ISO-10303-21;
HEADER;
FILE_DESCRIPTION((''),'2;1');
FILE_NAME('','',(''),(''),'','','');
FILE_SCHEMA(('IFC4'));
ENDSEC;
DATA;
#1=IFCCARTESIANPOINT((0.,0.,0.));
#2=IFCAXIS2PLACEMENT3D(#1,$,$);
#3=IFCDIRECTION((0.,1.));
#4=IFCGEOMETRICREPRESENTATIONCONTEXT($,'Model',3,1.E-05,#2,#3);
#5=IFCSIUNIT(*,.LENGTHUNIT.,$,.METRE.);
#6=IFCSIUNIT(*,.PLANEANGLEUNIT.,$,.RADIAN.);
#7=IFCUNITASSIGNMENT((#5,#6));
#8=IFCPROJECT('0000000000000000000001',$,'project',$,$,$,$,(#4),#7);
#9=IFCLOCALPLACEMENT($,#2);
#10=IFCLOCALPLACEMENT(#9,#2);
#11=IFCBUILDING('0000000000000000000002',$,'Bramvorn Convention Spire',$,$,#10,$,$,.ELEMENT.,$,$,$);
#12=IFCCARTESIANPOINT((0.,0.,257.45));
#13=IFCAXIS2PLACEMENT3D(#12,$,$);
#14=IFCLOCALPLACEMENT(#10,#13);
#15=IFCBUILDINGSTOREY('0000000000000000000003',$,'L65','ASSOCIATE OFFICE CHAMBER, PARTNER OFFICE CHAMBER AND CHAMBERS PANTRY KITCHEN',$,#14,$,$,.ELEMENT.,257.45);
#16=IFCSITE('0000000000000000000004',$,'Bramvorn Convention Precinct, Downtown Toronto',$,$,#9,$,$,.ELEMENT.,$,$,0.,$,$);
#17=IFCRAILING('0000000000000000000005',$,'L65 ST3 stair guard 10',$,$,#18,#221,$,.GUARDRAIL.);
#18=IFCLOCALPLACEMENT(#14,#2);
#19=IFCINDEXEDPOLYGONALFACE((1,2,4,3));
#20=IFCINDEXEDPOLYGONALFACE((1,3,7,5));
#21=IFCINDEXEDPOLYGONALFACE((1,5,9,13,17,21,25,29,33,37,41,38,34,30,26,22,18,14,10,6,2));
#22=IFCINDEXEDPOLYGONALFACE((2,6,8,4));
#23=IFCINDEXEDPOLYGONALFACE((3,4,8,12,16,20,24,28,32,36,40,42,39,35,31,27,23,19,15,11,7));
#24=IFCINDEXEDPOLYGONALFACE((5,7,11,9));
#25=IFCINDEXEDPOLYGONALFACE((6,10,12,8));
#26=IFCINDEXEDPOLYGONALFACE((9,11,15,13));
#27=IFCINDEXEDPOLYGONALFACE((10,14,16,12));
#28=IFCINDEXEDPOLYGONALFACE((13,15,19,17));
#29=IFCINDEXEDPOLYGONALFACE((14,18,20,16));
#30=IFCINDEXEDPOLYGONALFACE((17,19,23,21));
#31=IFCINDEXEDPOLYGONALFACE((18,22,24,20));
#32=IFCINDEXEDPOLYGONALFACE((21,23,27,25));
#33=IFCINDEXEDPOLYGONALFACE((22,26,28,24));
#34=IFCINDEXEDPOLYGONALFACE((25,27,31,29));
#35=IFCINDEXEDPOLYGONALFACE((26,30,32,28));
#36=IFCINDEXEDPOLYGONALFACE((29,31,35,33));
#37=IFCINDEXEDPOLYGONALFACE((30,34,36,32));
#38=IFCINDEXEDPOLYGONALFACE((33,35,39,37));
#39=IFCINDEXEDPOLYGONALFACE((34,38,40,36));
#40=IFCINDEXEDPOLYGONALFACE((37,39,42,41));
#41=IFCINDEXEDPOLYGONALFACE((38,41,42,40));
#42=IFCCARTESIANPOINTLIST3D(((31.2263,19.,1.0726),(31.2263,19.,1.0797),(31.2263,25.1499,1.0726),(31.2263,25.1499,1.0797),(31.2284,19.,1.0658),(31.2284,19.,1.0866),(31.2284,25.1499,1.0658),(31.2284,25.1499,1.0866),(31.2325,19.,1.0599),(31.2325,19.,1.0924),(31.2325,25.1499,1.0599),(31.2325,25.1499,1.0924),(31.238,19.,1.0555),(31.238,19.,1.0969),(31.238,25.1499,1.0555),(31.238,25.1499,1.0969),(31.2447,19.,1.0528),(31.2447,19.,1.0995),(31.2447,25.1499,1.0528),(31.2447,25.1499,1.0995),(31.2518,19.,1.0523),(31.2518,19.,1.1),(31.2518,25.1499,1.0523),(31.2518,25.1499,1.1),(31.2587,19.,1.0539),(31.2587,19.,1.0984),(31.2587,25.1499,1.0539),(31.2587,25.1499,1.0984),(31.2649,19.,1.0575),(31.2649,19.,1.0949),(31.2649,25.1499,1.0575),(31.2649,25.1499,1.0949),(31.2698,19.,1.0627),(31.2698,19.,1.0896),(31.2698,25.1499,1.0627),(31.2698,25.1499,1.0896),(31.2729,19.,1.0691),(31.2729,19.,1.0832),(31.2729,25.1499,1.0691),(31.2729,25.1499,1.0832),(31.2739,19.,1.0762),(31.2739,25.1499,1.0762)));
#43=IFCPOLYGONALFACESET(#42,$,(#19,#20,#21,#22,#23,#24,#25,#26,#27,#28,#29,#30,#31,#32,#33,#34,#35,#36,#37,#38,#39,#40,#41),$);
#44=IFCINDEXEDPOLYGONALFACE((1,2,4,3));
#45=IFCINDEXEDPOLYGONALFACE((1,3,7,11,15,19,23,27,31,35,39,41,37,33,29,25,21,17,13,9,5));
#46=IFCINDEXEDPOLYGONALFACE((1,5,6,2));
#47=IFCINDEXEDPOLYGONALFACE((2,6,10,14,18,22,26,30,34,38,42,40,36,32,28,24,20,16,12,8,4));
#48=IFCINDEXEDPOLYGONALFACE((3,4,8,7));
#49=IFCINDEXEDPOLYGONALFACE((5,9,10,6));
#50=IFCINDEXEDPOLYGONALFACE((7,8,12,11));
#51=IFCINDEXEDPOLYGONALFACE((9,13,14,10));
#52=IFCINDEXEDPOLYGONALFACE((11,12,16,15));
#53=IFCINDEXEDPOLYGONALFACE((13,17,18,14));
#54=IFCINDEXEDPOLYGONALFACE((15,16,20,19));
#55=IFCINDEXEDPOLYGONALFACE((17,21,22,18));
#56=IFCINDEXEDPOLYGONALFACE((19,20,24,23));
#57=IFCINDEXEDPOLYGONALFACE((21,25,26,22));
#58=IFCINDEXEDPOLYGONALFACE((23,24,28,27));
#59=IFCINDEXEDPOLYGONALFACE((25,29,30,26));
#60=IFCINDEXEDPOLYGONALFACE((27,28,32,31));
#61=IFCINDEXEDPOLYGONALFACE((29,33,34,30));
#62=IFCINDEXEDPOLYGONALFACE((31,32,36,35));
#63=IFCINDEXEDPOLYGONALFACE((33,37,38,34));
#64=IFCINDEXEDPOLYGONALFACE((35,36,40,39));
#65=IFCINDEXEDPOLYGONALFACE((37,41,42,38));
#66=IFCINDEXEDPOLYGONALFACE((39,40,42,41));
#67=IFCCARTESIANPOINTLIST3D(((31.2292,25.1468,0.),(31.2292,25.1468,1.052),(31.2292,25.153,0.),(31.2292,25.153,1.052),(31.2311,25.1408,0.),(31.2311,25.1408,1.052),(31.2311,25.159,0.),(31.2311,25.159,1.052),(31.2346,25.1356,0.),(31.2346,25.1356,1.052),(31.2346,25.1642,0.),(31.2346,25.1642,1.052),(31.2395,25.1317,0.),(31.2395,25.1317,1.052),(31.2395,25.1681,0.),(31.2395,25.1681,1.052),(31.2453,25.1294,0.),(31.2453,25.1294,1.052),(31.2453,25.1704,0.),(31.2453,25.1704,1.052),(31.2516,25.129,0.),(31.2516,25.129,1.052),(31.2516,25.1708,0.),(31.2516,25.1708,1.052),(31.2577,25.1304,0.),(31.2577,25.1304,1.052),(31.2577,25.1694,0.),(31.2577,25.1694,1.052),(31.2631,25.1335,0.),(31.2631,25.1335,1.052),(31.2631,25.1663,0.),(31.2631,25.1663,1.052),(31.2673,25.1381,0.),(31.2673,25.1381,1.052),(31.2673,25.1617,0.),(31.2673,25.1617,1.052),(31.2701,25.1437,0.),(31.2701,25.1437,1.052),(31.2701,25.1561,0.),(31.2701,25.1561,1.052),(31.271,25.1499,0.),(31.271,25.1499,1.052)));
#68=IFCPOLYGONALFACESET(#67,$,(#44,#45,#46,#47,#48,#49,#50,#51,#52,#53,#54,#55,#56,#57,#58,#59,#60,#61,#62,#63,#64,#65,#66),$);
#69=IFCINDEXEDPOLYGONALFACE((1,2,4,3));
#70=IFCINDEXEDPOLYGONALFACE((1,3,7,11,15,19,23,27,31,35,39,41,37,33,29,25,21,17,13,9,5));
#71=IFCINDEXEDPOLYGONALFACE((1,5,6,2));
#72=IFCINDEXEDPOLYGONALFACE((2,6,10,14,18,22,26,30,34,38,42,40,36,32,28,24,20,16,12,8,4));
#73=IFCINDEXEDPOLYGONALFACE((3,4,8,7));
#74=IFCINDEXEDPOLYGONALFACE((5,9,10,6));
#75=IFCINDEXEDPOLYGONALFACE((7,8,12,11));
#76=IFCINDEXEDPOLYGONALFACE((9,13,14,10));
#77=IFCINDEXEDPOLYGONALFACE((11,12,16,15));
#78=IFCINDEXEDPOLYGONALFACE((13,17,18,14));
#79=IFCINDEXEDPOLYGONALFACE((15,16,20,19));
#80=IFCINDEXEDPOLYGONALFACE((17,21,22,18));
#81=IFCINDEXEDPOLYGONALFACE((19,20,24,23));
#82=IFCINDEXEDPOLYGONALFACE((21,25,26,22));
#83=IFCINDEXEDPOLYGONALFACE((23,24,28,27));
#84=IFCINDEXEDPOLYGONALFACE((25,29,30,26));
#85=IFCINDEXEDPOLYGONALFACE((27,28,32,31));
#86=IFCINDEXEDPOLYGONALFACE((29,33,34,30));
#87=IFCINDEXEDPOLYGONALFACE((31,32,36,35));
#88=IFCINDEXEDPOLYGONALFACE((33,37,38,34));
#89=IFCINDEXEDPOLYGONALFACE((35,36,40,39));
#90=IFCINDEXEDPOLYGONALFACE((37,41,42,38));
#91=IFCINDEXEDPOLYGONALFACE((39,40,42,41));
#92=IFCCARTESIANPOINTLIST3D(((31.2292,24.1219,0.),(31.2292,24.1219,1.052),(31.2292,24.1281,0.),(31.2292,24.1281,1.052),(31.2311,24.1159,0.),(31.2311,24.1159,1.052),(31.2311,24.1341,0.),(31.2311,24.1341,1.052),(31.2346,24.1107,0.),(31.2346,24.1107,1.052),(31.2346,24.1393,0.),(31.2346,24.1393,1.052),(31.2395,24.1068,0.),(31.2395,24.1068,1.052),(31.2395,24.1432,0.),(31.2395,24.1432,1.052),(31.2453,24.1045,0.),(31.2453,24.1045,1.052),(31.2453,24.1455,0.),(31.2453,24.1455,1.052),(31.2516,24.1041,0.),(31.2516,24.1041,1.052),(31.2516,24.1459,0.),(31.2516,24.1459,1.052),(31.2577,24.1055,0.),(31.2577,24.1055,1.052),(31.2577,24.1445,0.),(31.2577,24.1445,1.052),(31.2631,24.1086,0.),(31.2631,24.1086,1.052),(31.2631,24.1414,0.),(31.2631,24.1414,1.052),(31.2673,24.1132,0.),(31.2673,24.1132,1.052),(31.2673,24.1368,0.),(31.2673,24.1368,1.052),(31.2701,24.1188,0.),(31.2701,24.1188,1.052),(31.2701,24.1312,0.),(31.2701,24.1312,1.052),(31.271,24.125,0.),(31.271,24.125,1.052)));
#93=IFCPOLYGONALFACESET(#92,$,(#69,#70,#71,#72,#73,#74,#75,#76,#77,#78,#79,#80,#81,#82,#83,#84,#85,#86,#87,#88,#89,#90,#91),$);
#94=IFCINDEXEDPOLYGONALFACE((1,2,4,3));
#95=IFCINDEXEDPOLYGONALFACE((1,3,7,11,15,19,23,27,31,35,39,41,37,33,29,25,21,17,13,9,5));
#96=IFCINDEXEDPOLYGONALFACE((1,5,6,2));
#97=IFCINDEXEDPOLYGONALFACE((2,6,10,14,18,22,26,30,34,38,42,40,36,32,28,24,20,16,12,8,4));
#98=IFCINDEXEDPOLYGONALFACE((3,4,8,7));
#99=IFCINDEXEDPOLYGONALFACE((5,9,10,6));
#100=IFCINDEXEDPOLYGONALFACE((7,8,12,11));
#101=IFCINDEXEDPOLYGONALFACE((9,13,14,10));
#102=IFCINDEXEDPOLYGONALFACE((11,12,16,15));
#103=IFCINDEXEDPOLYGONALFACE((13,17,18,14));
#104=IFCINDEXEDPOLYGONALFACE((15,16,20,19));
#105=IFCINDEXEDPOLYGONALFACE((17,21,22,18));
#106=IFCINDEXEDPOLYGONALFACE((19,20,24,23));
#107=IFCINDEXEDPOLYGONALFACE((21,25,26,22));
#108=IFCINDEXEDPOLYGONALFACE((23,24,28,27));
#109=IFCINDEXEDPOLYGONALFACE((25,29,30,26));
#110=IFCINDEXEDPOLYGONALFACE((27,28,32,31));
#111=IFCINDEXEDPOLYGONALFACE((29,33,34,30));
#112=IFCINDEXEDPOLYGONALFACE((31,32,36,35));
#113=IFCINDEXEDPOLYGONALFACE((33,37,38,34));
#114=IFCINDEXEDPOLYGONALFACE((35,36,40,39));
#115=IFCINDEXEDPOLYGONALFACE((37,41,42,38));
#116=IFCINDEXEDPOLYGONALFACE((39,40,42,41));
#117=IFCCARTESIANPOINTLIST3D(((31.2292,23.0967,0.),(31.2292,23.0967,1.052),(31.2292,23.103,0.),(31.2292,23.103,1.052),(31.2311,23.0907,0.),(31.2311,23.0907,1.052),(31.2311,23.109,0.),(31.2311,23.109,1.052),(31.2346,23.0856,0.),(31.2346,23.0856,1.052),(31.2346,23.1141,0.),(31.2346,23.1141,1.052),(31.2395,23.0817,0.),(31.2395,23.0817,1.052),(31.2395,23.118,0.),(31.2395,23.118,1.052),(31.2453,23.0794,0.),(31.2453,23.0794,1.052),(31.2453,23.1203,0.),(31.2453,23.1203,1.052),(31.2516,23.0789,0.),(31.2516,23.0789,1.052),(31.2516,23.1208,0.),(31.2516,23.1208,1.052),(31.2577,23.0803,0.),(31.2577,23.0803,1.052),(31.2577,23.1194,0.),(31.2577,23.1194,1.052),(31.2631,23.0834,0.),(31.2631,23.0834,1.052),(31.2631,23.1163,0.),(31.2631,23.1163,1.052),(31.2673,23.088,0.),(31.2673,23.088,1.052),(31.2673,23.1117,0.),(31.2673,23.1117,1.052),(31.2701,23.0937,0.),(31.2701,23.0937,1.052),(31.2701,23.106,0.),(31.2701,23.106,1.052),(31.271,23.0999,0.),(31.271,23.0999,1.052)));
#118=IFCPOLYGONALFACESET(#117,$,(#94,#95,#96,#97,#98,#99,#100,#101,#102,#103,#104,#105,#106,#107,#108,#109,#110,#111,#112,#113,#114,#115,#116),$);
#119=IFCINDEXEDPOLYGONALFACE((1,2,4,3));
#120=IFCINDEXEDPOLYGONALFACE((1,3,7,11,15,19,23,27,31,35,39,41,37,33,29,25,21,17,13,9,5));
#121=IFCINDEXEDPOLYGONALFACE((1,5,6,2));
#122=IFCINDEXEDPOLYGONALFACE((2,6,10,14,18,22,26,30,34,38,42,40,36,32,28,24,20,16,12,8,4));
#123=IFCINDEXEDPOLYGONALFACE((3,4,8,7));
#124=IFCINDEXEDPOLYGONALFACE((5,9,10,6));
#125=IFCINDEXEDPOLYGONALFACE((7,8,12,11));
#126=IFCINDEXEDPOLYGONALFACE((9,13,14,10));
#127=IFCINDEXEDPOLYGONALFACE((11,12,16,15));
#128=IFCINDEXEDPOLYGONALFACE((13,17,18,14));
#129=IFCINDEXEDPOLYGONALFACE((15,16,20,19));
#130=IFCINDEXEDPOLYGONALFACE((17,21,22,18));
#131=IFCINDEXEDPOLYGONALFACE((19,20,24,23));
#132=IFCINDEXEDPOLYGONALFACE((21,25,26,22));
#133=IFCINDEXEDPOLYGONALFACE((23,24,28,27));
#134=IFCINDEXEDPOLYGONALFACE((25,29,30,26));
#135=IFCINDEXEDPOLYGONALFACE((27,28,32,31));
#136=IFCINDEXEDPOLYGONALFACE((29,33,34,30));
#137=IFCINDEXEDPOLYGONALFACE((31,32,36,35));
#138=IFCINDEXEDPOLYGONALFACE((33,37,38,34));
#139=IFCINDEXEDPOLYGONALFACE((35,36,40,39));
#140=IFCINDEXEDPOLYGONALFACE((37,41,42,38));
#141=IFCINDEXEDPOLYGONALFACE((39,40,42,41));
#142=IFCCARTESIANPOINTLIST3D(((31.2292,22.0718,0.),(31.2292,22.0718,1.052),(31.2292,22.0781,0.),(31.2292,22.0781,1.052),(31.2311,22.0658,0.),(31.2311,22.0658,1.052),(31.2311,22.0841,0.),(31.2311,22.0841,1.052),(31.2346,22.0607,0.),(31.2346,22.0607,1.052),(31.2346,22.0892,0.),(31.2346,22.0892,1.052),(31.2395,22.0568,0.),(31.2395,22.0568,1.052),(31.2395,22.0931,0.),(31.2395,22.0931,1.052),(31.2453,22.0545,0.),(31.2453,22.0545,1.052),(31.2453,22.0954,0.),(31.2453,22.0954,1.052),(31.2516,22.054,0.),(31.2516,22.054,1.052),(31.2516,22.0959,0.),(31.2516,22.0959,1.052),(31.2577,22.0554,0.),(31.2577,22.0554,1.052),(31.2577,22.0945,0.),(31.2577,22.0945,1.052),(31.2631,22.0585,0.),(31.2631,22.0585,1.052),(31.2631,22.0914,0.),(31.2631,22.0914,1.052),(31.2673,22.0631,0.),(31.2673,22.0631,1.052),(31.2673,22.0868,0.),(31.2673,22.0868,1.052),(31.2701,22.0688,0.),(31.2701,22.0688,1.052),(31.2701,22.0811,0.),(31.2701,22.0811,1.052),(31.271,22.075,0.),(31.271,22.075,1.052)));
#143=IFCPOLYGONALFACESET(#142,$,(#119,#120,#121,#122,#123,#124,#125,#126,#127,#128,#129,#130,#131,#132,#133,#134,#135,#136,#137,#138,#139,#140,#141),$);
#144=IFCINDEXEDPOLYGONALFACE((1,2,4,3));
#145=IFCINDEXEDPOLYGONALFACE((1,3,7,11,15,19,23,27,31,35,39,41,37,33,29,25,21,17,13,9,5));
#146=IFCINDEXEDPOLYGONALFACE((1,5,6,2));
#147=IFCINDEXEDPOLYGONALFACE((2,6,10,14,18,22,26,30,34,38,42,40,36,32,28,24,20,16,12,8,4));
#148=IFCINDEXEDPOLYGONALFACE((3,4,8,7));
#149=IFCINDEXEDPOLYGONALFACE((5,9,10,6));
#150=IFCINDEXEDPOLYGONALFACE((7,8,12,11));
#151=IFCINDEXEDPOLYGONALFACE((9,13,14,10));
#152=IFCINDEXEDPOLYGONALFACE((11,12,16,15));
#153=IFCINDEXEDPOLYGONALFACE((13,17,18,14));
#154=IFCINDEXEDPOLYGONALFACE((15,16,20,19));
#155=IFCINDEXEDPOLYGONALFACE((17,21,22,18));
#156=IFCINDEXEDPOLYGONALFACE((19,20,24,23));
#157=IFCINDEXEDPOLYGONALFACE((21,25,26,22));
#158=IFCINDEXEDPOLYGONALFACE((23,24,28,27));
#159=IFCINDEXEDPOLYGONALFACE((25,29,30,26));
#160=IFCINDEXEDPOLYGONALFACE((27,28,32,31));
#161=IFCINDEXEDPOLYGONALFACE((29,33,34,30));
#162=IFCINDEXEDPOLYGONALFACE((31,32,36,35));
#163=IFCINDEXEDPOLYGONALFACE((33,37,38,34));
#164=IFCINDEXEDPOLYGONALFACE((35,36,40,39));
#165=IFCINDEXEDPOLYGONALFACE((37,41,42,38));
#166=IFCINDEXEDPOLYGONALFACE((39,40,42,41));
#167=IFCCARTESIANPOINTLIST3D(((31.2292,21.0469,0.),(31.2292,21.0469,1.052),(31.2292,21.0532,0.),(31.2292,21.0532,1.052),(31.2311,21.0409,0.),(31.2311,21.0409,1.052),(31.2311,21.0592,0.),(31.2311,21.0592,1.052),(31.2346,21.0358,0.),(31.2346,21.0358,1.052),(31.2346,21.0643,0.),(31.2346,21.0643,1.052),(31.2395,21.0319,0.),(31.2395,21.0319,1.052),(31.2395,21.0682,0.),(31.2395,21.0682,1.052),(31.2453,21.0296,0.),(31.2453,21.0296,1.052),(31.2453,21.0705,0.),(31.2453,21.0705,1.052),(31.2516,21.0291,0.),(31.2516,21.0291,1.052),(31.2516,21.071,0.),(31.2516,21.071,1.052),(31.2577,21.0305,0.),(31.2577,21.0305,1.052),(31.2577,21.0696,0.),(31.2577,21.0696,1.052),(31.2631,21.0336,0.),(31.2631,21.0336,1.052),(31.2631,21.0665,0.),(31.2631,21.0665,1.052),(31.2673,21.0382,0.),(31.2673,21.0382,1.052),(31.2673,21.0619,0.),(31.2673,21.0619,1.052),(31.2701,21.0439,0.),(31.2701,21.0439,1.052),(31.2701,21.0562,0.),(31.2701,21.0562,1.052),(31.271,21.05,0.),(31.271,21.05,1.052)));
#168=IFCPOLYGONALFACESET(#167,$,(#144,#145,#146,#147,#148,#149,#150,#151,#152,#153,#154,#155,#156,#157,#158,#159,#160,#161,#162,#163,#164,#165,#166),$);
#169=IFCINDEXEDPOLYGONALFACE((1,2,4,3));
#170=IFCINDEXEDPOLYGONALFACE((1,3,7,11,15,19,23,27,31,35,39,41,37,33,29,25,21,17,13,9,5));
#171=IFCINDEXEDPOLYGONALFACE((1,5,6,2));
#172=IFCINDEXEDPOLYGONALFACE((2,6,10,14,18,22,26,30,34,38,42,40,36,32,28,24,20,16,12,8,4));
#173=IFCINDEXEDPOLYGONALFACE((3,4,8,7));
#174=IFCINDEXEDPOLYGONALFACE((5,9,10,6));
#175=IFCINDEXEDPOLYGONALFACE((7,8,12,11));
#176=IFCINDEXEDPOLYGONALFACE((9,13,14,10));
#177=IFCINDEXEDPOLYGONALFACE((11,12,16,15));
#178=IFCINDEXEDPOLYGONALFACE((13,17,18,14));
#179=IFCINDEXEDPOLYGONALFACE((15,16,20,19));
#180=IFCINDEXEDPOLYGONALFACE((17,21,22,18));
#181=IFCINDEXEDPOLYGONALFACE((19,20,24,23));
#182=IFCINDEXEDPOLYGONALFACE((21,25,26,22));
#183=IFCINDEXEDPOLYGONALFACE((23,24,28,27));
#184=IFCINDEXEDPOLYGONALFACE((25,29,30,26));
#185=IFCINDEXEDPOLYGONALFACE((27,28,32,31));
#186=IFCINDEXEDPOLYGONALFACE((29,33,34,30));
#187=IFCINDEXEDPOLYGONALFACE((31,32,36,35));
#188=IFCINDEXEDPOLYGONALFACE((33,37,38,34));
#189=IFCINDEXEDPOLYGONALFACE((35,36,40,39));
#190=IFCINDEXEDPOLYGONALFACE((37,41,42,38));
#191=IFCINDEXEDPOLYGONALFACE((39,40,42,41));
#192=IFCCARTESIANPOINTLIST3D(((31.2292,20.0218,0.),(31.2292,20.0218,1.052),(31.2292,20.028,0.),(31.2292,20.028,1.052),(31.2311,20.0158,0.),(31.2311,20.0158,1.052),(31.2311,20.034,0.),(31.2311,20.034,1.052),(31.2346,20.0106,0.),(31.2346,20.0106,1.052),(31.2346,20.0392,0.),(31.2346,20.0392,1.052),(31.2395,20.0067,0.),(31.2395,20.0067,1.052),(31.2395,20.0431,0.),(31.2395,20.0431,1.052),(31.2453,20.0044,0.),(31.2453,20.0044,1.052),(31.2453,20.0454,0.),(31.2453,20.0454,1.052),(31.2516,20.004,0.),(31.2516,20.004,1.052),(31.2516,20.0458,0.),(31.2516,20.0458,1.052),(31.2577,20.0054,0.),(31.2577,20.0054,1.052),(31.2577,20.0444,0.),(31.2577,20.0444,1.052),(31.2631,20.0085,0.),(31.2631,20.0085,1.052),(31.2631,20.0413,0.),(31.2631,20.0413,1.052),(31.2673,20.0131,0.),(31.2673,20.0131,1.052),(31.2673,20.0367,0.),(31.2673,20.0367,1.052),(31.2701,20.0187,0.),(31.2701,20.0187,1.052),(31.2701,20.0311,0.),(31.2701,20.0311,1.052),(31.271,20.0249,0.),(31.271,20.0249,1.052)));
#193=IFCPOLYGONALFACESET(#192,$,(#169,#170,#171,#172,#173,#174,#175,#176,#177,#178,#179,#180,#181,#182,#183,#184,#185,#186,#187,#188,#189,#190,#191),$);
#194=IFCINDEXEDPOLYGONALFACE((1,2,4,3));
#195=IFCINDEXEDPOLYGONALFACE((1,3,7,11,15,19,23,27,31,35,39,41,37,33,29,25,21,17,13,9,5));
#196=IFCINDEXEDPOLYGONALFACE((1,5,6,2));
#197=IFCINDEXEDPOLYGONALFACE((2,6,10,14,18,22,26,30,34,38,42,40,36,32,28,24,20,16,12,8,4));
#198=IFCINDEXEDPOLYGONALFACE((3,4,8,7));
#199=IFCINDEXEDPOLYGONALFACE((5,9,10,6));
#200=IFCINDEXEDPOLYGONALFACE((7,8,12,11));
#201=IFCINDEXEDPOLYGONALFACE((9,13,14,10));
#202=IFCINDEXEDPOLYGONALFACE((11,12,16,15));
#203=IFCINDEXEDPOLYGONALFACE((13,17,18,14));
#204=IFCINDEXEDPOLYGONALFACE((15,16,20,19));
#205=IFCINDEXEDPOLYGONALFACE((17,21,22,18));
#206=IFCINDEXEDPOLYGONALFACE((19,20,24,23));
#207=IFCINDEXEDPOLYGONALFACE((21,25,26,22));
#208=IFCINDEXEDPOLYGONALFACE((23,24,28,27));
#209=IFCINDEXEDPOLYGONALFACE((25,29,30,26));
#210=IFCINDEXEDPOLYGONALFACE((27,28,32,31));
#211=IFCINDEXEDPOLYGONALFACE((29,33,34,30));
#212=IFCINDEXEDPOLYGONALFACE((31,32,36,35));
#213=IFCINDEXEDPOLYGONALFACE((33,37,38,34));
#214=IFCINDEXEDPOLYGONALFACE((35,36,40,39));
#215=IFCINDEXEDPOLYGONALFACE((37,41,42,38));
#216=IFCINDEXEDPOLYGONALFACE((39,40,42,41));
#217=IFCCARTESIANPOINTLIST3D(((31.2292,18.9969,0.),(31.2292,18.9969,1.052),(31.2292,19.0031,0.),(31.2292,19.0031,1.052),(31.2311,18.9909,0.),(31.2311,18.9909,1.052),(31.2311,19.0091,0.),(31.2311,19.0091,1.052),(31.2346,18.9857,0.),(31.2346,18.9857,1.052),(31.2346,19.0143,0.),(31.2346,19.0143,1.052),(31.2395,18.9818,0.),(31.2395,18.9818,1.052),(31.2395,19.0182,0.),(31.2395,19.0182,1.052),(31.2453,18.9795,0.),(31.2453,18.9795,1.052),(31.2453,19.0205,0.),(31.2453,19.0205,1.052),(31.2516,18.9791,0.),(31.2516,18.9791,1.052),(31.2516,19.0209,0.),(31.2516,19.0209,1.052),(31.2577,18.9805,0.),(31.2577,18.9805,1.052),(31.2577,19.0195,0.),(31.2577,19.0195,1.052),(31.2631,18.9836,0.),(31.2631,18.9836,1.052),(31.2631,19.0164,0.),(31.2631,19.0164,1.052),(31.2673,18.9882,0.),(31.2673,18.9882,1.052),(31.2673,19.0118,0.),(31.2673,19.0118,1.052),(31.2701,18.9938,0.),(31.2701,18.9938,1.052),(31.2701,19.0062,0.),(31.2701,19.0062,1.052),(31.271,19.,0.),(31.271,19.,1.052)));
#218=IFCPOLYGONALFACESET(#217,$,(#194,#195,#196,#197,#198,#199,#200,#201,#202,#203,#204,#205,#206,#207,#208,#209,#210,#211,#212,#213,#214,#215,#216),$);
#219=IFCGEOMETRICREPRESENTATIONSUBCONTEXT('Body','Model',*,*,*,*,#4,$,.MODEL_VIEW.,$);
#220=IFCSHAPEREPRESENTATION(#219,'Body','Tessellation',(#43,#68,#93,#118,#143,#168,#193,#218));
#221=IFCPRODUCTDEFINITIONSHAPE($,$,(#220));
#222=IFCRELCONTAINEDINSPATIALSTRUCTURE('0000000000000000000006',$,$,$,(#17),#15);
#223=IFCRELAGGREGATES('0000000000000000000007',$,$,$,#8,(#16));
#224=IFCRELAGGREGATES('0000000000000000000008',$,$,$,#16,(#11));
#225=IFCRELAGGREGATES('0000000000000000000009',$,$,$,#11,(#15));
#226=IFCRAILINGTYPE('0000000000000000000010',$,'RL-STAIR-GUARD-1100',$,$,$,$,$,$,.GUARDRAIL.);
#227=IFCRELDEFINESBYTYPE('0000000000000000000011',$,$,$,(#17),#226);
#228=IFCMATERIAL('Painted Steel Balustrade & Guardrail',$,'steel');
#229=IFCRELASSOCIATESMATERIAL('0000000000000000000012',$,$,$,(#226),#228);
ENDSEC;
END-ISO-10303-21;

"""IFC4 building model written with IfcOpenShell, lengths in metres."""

from ifc_helpers import new_model, si_unit, direction, frame, origin, origin_2d, place, context, subcontext, project, spatial, circle, extrude, material, type_object, element, save


model = new_model("IFC4")

# Units and contexts
model_context = context("Model", 3, precision=1e-05, world=origin(), true_north=direction((0.0, 1.0)))
body_context = subcontext(model_context, "Body", "Model", "MODEL_VIEW")
ifc_project = project(units=[si_unit("LENGTHUNIT", "METRE"), si_unit("PLANEANGLEUNIT", "RADIAN")], contexts=[model_context])

# Site, building, storey
site_placement = place(None, origin())
site = spatial("IfcSite", under=ifc_project, at=site_placement, Name="Bramvorn Convention Precinct, Downtown Toronto", CompositionType="ELEMENT", RefElevation=0.0)
building_placement = place(site_placement, origin())
building = spatial("IfcBuilding", under=site, at=building_placement, Name="Bramvorn Convention Spire", CompositionType="ELEMENT")
storey_placement = place(building_placement, frame((0.0, 0.0, 257.45)))
storey = spatial("IfcBuildingStorey", under=building, at=storey_placement, Name="L65", Description="ASSOCIATE OFFICE CHAMBER, PARTNER OFFICE CHAMBER AND CHAMBERS PANTRY KITCHEN", CompositionType="ELEMENT", Elevation=257.45)

# Railing
ifc_material_1 = material(Name="Painted Steel Balustrade & Guardrail", Category="steel")
railing_type = type_object("IfcRailingType", Name="RL-STAIR-GUARD-1100", PredefinedType="GUARDRAIL", material=ifc_material_1)
railing_1_placement = place(storey_placement, frame((31.25, 25.1499, 0.0)))
element("IfcRailing", 1, at=railing_1_placement, inside=storey, type_object=railing_type, Name="L65 ST3 stair guard 10", PredefinedType="GUARDRAIL", context=body_context, shape_type="SweptSolid", body=[
    extrude(circle(Radius=0.0239, at=origin_2d()), frame((0.0, 0.0, 1.0762), z_axis=(0.0, -1.0, 0.0), x_axis=(1.0, 0.0, 0.0)), (0.0, 0.0, 1.0), 6.1499),
    extrude(circle(Radius=0.021, at=origin_2d()), origin(), (0.0, 0.0, 1.0), 1.052),
    extrude(circle(Radius=0.021, at=origin_2d()), frame((0.0, -1.0249, 0.0)), (0.0, 0.0, 1.0), 1.052),
    extrude(circle(Radius=0.021, at=origin_2d()), frame((0.0, -2.05, 0.0)), (0.0, 0.0, 1.0), 1.052),
    extrude(circle(Radius=0.021, at=origin_2d()), frame((0.0, -3.075, 0.0)), (0.0, 0.0, 1.0), 1.052),
    extrude(circle(Radius=0.021, at=origin_2d()), frame((0.0, -4.0999, 0.0)), (0.0, 0.0, 1.0), 1.052),
    extrude(circle(Radius=0.021, at=origin_2d()), frame((0.0, -5.125, 0.0)), (0.0, 0.0, 1.0), 1.052),
    extrude(circle(Radius=0.021, at=origin_2d()), frame((0.0, -6.1499, 0.0)), (0.0, 0.0, 1.0), 1.052),
])

save(model, "model.ifc")
